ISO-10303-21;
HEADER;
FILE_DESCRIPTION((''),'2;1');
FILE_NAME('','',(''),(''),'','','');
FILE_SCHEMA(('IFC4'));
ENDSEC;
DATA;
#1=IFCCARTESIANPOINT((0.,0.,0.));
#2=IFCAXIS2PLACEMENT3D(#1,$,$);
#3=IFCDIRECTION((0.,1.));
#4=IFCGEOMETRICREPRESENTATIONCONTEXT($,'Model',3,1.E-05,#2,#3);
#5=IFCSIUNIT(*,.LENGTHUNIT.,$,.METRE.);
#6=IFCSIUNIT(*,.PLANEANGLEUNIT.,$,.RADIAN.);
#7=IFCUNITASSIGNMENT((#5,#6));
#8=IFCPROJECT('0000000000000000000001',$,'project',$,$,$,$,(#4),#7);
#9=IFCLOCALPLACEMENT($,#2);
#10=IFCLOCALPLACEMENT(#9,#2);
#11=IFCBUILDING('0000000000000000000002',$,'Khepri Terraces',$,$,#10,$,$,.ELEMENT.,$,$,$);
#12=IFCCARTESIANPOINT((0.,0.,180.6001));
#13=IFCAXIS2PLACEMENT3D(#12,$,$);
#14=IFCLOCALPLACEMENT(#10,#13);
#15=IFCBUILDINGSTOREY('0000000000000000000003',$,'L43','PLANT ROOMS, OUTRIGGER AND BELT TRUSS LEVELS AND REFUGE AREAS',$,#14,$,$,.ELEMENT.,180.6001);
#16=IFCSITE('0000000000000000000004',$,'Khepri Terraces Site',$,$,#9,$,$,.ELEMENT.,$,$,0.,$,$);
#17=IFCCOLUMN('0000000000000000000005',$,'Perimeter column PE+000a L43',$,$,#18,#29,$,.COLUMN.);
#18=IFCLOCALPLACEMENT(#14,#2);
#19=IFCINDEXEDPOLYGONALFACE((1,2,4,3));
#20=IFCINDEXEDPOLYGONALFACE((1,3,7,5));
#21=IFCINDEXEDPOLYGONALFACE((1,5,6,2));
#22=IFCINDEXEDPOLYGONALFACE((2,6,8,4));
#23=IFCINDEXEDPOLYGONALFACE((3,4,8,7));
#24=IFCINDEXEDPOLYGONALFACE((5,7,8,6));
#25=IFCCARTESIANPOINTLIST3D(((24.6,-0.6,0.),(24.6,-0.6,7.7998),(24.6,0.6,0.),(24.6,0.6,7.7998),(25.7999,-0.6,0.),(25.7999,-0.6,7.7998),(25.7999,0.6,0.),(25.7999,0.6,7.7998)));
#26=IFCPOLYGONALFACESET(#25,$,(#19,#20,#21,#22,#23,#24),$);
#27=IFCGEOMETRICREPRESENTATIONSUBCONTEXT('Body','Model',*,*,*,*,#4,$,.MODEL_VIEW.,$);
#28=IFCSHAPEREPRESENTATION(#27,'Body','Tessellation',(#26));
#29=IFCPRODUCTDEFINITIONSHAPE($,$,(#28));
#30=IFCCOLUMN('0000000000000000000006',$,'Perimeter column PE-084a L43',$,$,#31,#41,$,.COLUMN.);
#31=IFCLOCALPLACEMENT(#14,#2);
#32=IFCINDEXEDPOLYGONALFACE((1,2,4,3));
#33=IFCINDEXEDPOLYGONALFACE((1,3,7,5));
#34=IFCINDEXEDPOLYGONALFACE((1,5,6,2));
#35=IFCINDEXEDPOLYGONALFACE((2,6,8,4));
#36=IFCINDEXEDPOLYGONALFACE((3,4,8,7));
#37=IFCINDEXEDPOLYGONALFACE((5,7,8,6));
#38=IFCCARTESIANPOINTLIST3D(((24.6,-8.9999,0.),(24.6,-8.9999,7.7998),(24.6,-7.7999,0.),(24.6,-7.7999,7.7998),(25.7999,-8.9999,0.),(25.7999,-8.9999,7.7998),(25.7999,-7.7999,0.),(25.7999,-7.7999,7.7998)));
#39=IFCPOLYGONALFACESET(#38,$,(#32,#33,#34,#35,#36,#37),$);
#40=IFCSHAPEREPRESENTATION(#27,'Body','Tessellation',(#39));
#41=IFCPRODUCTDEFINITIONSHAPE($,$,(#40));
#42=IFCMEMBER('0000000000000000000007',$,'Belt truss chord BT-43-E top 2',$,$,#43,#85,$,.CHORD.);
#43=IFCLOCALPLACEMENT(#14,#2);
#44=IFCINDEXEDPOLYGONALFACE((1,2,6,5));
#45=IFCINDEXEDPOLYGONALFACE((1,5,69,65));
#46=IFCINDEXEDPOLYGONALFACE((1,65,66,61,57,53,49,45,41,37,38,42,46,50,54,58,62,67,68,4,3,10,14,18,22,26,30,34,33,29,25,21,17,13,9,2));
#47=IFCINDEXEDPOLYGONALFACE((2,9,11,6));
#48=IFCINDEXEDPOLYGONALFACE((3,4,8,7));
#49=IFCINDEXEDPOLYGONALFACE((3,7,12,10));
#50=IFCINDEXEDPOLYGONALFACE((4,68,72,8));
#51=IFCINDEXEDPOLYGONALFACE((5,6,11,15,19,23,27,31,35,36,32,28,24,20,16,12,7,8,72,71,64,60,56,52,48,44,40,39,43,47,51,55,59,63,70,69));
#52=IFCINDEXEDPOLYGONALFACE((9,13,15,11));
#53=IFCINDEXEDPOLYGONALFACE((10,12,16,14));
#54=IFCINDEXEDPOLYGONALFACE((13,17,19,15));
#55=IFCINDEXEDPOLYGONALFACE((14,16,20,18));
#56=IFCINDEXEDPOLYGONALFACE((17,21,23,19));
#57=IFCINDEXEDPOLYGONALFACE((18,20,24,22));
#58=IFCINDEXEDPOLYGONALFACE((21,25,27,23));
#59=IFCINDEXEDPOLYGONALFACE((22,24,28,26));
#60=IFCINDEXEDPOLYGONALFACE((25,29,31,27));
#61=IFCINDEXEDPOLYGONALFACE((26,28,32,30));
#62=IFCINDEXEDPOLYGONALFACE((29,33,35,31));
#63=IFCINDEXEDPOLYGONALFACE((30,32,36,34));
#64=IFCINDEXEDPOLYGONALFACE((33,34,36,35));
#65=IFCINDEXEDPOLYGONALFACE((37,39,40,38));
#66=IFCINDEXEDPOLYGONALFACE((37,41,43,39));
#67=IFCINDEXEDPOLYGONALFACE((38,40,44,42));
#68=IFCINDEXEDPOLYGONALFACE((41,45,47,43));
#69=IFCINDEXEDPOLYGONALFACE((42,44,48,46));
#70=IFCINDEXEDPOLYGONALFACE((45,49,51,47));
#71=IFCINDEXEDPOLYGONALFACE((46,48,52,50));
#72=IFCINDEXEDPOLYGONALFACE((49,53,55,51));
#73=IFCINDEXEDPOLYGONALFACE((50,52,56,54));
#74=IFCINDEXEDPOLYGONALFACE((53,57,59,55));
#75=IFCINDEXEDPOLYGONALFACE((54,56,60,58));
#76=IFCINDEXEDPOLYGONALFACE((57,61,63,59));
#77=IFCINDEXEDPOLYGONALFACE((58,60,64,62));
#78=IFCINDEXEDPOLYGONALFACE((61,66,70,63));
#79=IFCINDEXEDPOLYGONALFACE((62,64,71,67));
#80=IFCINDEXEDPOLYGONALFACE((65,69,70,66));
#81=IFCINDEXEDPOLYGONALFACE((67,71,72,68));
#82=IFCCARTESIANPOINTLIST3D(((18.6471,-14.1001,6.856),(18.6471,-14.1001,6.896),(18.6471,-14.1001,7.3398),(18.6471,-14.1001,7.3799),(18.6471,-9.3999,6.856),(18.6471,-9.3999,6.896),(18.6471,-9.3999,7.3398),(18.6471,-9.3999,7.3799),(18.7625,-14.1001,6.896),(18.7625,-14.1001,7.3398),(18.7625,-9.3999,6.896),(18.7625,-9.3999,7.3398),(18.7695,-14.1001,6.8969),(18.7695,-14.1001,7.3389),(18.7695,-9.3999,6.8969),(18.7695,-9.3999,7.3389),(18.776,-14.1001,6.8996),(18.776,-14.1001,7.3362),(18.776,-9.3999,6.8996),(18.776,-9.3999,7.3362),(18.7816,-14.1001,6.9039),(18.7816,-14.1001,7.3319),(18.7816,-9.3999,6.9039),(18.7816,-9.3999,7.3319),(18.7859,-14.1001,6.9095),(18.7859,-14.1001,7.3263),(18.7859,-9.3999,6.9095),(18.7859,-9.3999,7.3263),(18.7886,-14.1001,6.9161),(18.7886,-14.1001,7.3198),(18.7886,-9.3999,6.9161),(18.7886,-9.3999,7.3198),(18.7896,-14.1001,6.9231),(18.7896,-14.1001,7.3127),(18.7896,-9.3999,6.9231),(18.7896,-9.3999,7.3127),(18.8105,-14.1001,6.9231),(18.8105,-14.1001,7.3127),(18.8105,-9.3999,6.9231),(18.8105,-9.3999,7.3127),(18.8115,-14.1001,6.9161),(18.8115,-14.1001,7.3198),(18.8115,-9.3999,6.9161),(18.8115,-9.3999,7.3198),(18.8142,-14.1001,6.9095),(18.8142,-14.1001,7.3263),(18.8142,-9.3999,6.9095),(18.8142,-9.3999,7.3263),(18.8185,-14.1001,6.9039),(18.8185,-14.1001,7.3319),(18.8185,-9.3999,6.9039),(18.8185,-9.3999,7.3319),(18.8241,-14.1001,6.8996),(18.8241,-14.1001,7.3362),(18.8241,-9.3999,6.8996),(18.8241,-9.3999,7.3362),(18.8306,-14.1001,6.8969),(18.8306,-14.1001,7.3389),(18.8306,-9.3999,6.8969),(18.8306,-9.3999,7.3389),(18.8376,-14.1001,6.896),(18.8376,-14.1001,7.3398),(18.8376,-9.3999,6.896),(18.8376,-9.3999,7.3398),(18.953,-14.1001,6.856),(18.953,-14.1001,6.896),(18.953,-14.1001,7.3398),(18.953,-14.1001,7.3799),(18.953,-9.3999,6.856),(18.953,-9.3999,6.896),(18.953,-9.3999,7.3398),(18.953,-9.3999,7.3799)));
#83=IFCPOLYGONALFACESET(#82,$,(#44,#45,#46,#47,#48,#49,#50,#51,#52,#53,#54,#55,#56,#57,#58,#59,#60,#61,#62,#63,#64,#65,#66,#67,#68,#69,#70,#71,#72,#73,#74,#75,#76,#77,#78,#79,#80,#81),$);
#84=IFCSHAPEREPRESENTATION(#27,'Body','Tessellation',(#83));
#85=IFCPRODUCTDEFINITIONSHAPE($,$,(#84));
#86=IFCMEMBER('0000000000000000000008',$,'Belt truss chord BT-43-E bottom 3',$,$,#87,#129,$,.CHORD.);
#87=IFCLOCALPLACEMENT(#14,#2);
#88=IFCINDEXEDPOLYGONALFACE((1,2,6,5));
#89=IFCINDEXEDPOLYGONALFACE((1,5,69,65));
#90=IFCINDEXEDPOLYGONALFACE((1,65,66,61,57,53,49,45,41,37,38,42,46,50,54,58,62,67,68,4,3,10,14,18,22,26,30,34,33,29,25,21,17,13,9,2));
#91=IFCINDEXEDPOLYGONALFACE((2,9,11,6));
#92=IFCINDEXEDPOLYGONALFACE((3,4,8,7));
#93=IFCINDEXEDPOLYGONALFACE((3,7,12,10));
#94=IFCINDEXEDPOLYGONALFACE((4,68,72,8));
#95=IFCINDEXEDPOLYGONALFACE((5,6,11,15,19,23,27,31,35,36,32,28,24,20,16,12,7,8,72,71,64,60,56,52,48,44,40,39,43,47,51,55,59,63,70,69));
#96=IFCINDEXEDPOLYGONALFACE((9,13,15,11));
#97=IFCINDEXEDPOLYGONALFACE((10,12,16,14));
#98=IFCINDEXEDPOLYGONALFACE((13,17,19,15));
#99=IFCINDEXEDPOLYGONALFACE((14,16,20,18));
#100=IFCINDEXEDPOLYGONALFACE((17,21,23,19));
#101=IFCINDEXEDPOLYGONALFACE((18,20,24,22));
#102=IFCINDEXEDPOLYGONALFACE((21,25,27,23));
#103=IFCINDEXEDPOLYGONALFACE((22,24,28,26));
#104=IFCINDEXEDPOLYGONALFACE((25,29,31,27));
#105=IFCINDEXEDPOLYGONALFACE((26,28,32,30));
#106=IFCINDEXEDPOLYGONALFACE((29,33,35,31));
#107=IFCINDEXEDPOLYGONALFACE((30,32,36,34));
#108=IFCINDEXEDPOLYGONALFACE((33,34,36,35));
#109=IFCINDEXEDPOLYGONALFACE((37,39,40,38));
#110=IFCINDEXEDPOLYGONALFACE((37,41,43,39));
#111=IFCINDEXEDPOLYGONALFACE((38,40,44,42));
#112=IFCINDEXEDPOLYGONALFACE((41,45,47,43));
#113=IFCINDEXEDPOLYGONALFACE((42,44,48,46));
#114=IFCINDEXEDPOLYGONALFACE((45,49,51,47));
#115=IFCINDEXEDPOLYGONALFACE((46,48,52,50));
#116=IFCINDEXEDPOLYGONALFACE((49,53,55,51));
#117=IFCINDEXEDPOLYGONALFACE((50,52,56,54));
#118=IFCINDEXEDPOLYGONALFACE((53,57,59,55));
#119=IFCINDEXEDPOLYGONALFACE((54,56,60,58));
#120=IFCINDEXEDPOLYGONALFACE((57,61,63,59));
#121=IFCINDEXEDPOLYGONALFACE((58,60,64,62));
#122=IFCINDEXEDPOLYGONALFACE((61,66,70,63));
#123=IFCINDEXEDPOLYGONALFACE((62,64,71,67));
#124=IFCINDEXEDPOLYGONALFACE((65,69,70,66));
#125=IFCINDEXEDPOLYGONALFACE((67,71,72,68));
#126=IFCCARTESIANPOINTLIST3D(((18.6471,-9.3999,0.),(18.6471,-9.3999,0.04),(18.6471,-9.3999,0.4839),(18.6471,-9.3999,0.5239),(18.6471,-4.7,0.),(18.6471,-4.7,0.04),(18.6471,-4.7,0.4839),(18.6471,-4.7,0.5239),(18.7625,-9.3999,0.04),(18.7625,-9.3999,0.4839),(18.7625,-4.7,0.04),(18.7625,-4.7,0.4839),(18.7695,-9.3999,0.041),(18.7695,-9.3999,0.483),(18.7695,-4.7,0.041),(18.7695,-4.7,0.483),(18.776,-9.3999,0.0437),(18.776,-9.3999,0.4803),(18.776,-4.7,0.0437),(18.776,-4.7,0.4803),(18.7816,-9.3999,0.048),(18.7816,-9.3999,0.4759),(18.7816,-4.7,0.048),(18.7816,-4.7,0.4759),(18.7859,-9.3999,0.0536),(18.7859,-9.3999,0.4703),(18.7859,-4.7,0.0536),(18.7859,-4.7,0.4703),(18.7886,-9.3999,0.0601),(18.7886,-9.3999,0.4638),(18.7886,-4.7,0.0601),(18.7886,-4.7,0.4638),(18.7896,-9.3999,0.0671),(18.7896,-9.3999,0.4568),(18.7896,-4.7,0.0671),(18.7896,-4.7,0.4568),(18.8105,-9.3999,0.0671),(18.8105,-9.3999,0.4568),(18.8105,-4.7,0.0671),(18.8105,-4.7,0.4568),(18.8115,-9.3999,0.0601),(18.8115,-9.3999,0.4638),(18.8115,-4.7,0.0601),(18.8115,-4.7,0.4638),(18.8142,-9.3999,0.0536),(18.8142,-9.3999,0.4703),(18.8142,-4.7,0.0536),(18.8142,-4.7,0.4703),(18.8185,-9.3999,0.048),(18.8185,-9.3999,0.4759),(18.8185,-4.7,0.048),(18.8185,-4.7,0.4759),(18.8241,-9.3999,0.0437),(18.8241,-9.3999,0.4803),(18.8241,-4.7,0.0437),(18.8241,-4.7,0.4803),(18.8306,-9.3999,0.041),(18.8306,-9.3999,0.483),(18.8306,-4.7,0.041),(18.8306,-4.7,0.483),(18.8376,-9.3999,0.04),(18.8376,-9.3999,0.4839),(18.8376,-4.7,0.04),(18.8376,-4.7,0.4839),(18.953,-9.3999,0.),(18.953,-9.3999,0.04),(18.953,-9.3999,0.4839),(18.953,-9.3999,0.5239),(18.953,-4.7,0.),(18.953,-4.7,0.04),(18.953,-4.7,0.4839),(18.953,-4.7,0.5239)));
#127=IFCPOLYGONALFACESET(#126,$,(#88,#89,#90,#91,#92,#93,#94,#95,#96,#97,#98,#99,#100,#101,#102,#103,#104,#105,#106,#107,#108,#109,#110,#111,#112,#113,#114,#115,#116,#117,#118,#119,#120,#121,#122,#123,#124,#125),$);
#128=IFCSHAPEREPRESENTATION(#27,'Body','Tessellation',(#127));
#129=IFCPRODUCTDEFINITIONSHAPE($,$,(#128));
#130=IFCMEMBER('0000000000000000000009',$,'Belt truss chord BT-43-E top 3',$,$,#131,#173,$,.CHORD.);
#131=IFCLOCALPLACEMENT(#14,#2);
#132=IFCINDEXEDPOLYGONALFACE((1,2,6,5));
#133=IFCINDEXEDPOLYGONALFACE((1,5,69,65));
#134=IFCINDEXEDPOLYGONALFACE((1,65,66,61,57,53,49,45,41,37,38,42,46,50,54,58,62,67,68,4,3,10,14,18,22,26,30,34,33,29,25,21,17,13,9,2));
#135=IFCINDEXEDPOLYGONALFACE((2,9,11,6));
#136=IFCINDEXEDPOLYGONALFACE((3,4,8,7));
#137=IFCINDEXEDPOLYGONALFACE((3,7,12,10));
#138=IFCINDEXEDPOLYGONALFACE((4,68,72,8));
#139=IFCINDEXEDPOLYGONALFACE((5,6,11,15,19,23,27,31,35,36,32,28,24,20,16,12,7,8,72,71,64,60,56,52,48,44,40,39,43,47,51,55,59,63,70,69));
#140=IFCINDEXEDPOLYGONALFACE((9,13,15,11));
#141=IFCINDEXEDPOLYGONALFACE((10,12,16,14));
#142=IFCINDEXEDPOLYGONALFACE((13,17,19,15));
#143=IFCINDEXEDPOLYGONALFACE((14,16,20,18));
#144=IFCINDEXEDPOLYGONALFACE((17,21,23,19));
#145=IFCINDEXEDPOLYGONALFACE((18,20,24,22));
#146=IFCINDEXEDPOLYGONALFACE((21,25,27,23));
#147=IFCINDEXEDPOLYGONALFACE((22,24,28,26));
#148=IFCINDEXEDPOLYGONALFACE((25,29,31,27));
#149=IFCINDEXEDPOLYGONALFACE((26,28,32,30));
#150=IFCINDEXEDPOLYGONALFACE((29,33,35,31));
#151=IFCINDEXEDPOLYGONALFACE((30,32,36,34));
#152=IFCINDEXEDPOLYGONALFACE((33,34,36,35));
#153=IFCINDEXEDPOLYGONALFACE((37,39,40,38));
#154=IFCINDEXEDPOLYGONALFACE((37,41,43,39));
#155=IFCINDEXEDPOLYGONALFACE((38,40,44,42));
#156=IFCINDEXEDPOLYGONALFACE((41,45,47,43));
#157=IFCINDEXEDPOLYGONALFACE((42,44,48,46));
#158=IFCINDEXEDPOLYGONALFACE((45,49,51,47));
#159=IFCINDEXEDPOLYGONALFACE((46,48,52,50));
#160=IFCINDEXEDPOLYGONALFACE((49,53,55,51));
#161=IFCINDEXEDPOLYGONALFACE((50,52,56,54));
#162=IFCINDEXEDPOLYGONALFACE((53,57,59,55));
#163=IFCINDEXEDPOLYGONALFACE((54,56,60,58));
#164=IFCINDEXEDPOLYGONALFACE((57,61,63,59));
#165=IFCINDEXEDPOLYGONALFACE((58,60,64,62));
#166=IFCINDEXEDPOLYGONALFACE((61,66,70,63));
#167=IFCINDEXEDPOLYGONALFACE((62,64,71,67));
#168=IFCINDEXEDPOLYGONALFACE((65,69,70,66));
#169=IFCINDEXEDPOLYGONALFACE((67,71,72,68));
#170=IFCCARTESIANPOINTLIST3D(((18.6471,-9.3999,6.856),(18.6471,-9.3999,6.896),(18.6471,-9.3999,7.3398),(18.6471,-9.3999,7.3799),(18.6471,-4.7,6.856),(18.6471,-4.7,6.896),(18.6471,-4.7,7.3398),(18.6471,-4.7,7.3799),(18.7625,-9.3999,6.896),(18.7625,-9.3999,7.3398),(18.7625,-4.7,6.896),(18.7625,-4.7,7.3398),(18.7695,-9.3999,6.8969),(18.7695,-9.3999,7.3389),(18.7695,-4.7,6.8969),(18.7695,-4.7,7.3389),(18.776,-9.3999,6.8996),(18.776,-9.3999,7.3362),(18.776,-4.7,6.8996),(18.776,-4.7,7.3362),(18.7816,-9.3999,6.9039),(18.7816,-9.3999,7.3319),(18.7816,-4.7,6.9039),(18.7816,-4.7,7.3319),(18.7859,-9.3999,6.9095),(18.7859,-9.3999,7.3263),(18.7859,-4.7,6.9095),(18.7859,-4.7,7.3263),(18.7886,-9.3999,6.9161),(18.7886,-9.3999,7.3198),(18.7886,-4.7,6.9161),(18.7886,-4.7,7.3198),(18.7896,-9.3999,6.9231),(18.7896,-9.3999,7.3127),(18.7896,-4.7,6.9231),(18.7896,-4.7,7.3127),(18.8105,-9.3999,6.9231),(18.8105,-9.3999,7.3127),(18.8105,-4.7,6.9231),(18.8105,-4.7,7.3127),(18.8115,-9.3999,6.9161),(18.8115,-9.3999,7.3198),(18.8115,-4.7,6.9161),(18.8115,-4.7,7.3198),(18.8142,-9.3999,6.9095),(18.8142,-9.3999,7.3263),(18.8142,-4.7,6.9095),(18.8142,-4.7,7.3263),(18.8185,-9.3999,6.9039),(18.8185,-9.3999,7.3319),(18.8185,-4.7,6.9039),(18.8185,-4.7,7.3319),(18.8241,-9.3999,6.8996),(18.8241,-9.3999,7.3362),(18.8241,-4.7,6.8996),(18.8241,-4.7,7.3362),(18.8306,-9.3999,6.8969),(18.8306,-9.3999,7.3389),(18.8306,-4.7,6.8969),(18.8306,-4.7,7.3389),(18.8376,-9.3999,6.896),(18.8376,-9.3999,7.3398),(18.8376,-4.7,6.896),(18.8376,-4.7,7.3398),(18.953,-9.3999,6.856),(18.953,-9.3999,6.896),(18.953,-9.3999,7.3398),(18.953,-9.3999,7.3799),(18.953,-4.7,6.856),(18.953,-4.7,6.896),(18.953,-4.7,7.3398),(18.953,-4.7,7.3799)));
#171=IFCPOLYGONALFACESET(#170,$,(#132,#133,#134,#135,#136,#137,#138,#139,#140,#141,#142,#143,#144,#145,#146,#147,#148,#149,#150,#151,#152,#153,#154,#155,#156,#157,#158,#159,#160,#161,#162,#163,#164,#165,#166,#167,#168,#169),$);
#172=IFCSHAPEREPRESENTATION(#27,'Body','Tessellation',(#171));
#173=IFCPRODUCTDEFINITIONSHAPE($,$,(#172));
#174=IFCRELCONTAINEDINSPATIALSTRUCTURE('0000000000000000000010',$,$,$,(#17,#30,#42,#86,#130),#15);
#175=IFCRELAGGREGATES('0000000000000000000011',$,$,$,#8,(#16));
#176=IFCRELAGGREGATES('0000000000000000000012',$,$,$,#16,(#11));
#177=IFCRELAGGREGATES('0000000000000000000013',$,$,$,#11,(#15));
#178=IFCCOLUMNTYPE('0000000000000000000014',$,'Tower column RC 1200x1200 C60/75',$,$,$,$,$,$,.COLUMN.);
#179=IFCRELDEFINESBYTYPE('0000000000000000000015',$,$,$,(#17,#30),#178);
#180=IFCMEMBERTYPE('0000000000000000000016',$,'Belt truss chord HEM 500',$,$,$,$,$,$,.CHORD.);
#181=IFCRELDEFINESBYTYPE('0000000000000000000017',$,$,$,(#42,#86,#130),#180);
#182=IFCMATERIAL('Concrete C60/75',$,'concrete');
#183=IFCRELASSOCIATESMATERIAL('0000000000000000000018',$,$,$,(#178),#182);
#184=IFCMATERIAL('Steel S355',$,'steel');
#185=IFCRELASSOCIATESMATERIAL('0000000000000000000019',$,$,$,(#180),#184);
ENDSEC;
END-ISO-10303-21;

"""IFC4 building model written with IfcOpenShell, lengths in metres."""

from ifc_helpers import new_model, si_unit, direction, frame, origin, origin_2d, place, context, subcontext, project, spatial, rectangle, i_section, extrude, material, material_profile, profile_set, type_object, element, save


model = new_model("IFC4")

# Units and contexts
model_context = context("Model", 3, precision=1e-05, world=origin(), true_north=direction((0.0, 1.0)))
body_context = subcontext(model_context, "Body", "Model", "MODEL_VIEW")
ifc_project = project(units=[si_unit("LENGTHUNIT", "METRE"), si_unit("PLANEANGLEUNIT", "RADIAN")], contexts=[model_context])

# Site, building, storey
site_placement = place(None, origin())
site = spatial("IfcSite", under=ifc_project, at=site_placement, Name="Khepri Terraces Site", CompositionType="ELEMENT", RefElevation=0.0)
building_placement = place(site_placement, origin())
building = spatial("IfcBuilding", under=site, at=building_placement, Name="Khepri Terraces", CompositionType="ELEMENT")
storey_placement = place(building_placement, frame((0.0, 0.0, 180.6001)))
storey = spatial("IfcBuildingStorey", under=building, at=storey_placement, Name="L43", Description="PLANT ROOMS, OUTRIGGER AND BELT TRUSS LEVELS AND REFUGE AREAS", CompositionType="ELEMENT", Elevation=180.6001)

# Columns
ifc_material_1 = material(Name="Concrete C60/75", Category="concrete")
ifc_material_profile_1 = material_profile(ifc_material_1, rectangle(XDim=1.2, YDim=1.2, at=origin_2d()), Name="Concrete C60/75", Category="concrete")
ifc_profile_set_1 = profile_set([ifc_material_profile_1], Name="Concrete C60/75")
column_type = type_object("IfcColumnType", Name="Tower column RC 1200x1200 C60/75", PredefinedType="COLUMN", material=ifc_profile_set_1)
for number, where, z_axis, x_axis, name in (
    (1, (25.2, 0.0, 0.0), (0.0, 0.0, 1.0), (1.0, 0.0, 0.0), "Perimeter column PE+000a L43"),
    (2, (25.2, -8.3999, 0.0), (0.0, 0.0, 1.0), (1.0, 0.0, 0.0), "Perimeter column PE-084a L43"),
):
    element("IfcColumn", number, at=place(storey_placement, frame(where, z_axis=z_axis, x_axis=x_axis)), inside=storey, type_object=column_type, Name=name, PredefinedType="COLUMN", context=body_context, shape_type="SweptSolid", body=[
        extrude(rectangle(XDim=1.2, YDim=1.2, at=origin_2d()), origin(), (0.0, 0.0, 1.0), 7.7998),
    ])

# Members
ifc_material_2 = material(Name="Steel S355", Category="steel")
ifc_material_profile_2 = material_profile(ifc_material_2, i_section(OverallWidth=0.3059, OverallDepth=0.5239, WebThickness=0.021, FlangeThickness=0.04, FilletRadius=0.0271, at=origin_2d()), Name="Steel S355", Category="steel")
ifc_profile_set_2 = profile_set([ifc_material_profile_2], Name="Steel S355")
member_type_1 = type_object("IfcMemberType", Name="Belt truss chord HEM 500", PredefinedType="CHORD", material=ifc_profile_set_2)
member_1_placement = place(storey_placement, frame((18.8, -14.1001, 7.1179), z_axis=(0.0, 1.0, 0.0), x_axis=(-1.0, 0.0, 0.0)))
element("IfcMember", 3, at=member_1_placement, inside=storey, type_object=member_type_1, Name="Belt truss chord BT-43-E top 2", PredefinedType="CHORD", context=body_context, shape_type="SweptSolid", body=[
    extrude(i_section(OverallWidth=0.3059, OverallDepth=0.5239, WebThickness=0.021, FlangeThickness=0.04, FilletRadius=0.0271, at=origin_2d()), origin(), (0.0, 0.0, 1.0), 4.7002),
])
for number, where, z_axis, x_axis, name in (
    (4, (18.8, -9.3999, 0.262), (0.0, 1.0, 0.0), (-1.0, 0.0, 0.0), "Belt truss chord BT-43-E bottom 3"),
    (5, (18.8, -9.3999, 7.1179), (0.0, 1.0, 0.0), (-1.0, 0.0, 0.0), "Belt truss chord BT-43-E top 3"),
):
    element("IfcMember", number, at=place(storey_placement, frame(where, z_axis=z_axis, x_axis=x_axis)), inside=storey, type_object=member_type_1, Name=name, PredefinedType="CHORD", context=body_context, shape_type="SweptSolid", body=[
        extrude(i_section(OverallWidth=0.3059, OverallDepth=0.5239, WebThickness=0.021, FlangeThickness=0.04, FilletRadius=0.0271, at=origin_2d()), origin(), (0.0, 0.0, 1.0), 4.7),
    ])

save(model, "model.ifc")
